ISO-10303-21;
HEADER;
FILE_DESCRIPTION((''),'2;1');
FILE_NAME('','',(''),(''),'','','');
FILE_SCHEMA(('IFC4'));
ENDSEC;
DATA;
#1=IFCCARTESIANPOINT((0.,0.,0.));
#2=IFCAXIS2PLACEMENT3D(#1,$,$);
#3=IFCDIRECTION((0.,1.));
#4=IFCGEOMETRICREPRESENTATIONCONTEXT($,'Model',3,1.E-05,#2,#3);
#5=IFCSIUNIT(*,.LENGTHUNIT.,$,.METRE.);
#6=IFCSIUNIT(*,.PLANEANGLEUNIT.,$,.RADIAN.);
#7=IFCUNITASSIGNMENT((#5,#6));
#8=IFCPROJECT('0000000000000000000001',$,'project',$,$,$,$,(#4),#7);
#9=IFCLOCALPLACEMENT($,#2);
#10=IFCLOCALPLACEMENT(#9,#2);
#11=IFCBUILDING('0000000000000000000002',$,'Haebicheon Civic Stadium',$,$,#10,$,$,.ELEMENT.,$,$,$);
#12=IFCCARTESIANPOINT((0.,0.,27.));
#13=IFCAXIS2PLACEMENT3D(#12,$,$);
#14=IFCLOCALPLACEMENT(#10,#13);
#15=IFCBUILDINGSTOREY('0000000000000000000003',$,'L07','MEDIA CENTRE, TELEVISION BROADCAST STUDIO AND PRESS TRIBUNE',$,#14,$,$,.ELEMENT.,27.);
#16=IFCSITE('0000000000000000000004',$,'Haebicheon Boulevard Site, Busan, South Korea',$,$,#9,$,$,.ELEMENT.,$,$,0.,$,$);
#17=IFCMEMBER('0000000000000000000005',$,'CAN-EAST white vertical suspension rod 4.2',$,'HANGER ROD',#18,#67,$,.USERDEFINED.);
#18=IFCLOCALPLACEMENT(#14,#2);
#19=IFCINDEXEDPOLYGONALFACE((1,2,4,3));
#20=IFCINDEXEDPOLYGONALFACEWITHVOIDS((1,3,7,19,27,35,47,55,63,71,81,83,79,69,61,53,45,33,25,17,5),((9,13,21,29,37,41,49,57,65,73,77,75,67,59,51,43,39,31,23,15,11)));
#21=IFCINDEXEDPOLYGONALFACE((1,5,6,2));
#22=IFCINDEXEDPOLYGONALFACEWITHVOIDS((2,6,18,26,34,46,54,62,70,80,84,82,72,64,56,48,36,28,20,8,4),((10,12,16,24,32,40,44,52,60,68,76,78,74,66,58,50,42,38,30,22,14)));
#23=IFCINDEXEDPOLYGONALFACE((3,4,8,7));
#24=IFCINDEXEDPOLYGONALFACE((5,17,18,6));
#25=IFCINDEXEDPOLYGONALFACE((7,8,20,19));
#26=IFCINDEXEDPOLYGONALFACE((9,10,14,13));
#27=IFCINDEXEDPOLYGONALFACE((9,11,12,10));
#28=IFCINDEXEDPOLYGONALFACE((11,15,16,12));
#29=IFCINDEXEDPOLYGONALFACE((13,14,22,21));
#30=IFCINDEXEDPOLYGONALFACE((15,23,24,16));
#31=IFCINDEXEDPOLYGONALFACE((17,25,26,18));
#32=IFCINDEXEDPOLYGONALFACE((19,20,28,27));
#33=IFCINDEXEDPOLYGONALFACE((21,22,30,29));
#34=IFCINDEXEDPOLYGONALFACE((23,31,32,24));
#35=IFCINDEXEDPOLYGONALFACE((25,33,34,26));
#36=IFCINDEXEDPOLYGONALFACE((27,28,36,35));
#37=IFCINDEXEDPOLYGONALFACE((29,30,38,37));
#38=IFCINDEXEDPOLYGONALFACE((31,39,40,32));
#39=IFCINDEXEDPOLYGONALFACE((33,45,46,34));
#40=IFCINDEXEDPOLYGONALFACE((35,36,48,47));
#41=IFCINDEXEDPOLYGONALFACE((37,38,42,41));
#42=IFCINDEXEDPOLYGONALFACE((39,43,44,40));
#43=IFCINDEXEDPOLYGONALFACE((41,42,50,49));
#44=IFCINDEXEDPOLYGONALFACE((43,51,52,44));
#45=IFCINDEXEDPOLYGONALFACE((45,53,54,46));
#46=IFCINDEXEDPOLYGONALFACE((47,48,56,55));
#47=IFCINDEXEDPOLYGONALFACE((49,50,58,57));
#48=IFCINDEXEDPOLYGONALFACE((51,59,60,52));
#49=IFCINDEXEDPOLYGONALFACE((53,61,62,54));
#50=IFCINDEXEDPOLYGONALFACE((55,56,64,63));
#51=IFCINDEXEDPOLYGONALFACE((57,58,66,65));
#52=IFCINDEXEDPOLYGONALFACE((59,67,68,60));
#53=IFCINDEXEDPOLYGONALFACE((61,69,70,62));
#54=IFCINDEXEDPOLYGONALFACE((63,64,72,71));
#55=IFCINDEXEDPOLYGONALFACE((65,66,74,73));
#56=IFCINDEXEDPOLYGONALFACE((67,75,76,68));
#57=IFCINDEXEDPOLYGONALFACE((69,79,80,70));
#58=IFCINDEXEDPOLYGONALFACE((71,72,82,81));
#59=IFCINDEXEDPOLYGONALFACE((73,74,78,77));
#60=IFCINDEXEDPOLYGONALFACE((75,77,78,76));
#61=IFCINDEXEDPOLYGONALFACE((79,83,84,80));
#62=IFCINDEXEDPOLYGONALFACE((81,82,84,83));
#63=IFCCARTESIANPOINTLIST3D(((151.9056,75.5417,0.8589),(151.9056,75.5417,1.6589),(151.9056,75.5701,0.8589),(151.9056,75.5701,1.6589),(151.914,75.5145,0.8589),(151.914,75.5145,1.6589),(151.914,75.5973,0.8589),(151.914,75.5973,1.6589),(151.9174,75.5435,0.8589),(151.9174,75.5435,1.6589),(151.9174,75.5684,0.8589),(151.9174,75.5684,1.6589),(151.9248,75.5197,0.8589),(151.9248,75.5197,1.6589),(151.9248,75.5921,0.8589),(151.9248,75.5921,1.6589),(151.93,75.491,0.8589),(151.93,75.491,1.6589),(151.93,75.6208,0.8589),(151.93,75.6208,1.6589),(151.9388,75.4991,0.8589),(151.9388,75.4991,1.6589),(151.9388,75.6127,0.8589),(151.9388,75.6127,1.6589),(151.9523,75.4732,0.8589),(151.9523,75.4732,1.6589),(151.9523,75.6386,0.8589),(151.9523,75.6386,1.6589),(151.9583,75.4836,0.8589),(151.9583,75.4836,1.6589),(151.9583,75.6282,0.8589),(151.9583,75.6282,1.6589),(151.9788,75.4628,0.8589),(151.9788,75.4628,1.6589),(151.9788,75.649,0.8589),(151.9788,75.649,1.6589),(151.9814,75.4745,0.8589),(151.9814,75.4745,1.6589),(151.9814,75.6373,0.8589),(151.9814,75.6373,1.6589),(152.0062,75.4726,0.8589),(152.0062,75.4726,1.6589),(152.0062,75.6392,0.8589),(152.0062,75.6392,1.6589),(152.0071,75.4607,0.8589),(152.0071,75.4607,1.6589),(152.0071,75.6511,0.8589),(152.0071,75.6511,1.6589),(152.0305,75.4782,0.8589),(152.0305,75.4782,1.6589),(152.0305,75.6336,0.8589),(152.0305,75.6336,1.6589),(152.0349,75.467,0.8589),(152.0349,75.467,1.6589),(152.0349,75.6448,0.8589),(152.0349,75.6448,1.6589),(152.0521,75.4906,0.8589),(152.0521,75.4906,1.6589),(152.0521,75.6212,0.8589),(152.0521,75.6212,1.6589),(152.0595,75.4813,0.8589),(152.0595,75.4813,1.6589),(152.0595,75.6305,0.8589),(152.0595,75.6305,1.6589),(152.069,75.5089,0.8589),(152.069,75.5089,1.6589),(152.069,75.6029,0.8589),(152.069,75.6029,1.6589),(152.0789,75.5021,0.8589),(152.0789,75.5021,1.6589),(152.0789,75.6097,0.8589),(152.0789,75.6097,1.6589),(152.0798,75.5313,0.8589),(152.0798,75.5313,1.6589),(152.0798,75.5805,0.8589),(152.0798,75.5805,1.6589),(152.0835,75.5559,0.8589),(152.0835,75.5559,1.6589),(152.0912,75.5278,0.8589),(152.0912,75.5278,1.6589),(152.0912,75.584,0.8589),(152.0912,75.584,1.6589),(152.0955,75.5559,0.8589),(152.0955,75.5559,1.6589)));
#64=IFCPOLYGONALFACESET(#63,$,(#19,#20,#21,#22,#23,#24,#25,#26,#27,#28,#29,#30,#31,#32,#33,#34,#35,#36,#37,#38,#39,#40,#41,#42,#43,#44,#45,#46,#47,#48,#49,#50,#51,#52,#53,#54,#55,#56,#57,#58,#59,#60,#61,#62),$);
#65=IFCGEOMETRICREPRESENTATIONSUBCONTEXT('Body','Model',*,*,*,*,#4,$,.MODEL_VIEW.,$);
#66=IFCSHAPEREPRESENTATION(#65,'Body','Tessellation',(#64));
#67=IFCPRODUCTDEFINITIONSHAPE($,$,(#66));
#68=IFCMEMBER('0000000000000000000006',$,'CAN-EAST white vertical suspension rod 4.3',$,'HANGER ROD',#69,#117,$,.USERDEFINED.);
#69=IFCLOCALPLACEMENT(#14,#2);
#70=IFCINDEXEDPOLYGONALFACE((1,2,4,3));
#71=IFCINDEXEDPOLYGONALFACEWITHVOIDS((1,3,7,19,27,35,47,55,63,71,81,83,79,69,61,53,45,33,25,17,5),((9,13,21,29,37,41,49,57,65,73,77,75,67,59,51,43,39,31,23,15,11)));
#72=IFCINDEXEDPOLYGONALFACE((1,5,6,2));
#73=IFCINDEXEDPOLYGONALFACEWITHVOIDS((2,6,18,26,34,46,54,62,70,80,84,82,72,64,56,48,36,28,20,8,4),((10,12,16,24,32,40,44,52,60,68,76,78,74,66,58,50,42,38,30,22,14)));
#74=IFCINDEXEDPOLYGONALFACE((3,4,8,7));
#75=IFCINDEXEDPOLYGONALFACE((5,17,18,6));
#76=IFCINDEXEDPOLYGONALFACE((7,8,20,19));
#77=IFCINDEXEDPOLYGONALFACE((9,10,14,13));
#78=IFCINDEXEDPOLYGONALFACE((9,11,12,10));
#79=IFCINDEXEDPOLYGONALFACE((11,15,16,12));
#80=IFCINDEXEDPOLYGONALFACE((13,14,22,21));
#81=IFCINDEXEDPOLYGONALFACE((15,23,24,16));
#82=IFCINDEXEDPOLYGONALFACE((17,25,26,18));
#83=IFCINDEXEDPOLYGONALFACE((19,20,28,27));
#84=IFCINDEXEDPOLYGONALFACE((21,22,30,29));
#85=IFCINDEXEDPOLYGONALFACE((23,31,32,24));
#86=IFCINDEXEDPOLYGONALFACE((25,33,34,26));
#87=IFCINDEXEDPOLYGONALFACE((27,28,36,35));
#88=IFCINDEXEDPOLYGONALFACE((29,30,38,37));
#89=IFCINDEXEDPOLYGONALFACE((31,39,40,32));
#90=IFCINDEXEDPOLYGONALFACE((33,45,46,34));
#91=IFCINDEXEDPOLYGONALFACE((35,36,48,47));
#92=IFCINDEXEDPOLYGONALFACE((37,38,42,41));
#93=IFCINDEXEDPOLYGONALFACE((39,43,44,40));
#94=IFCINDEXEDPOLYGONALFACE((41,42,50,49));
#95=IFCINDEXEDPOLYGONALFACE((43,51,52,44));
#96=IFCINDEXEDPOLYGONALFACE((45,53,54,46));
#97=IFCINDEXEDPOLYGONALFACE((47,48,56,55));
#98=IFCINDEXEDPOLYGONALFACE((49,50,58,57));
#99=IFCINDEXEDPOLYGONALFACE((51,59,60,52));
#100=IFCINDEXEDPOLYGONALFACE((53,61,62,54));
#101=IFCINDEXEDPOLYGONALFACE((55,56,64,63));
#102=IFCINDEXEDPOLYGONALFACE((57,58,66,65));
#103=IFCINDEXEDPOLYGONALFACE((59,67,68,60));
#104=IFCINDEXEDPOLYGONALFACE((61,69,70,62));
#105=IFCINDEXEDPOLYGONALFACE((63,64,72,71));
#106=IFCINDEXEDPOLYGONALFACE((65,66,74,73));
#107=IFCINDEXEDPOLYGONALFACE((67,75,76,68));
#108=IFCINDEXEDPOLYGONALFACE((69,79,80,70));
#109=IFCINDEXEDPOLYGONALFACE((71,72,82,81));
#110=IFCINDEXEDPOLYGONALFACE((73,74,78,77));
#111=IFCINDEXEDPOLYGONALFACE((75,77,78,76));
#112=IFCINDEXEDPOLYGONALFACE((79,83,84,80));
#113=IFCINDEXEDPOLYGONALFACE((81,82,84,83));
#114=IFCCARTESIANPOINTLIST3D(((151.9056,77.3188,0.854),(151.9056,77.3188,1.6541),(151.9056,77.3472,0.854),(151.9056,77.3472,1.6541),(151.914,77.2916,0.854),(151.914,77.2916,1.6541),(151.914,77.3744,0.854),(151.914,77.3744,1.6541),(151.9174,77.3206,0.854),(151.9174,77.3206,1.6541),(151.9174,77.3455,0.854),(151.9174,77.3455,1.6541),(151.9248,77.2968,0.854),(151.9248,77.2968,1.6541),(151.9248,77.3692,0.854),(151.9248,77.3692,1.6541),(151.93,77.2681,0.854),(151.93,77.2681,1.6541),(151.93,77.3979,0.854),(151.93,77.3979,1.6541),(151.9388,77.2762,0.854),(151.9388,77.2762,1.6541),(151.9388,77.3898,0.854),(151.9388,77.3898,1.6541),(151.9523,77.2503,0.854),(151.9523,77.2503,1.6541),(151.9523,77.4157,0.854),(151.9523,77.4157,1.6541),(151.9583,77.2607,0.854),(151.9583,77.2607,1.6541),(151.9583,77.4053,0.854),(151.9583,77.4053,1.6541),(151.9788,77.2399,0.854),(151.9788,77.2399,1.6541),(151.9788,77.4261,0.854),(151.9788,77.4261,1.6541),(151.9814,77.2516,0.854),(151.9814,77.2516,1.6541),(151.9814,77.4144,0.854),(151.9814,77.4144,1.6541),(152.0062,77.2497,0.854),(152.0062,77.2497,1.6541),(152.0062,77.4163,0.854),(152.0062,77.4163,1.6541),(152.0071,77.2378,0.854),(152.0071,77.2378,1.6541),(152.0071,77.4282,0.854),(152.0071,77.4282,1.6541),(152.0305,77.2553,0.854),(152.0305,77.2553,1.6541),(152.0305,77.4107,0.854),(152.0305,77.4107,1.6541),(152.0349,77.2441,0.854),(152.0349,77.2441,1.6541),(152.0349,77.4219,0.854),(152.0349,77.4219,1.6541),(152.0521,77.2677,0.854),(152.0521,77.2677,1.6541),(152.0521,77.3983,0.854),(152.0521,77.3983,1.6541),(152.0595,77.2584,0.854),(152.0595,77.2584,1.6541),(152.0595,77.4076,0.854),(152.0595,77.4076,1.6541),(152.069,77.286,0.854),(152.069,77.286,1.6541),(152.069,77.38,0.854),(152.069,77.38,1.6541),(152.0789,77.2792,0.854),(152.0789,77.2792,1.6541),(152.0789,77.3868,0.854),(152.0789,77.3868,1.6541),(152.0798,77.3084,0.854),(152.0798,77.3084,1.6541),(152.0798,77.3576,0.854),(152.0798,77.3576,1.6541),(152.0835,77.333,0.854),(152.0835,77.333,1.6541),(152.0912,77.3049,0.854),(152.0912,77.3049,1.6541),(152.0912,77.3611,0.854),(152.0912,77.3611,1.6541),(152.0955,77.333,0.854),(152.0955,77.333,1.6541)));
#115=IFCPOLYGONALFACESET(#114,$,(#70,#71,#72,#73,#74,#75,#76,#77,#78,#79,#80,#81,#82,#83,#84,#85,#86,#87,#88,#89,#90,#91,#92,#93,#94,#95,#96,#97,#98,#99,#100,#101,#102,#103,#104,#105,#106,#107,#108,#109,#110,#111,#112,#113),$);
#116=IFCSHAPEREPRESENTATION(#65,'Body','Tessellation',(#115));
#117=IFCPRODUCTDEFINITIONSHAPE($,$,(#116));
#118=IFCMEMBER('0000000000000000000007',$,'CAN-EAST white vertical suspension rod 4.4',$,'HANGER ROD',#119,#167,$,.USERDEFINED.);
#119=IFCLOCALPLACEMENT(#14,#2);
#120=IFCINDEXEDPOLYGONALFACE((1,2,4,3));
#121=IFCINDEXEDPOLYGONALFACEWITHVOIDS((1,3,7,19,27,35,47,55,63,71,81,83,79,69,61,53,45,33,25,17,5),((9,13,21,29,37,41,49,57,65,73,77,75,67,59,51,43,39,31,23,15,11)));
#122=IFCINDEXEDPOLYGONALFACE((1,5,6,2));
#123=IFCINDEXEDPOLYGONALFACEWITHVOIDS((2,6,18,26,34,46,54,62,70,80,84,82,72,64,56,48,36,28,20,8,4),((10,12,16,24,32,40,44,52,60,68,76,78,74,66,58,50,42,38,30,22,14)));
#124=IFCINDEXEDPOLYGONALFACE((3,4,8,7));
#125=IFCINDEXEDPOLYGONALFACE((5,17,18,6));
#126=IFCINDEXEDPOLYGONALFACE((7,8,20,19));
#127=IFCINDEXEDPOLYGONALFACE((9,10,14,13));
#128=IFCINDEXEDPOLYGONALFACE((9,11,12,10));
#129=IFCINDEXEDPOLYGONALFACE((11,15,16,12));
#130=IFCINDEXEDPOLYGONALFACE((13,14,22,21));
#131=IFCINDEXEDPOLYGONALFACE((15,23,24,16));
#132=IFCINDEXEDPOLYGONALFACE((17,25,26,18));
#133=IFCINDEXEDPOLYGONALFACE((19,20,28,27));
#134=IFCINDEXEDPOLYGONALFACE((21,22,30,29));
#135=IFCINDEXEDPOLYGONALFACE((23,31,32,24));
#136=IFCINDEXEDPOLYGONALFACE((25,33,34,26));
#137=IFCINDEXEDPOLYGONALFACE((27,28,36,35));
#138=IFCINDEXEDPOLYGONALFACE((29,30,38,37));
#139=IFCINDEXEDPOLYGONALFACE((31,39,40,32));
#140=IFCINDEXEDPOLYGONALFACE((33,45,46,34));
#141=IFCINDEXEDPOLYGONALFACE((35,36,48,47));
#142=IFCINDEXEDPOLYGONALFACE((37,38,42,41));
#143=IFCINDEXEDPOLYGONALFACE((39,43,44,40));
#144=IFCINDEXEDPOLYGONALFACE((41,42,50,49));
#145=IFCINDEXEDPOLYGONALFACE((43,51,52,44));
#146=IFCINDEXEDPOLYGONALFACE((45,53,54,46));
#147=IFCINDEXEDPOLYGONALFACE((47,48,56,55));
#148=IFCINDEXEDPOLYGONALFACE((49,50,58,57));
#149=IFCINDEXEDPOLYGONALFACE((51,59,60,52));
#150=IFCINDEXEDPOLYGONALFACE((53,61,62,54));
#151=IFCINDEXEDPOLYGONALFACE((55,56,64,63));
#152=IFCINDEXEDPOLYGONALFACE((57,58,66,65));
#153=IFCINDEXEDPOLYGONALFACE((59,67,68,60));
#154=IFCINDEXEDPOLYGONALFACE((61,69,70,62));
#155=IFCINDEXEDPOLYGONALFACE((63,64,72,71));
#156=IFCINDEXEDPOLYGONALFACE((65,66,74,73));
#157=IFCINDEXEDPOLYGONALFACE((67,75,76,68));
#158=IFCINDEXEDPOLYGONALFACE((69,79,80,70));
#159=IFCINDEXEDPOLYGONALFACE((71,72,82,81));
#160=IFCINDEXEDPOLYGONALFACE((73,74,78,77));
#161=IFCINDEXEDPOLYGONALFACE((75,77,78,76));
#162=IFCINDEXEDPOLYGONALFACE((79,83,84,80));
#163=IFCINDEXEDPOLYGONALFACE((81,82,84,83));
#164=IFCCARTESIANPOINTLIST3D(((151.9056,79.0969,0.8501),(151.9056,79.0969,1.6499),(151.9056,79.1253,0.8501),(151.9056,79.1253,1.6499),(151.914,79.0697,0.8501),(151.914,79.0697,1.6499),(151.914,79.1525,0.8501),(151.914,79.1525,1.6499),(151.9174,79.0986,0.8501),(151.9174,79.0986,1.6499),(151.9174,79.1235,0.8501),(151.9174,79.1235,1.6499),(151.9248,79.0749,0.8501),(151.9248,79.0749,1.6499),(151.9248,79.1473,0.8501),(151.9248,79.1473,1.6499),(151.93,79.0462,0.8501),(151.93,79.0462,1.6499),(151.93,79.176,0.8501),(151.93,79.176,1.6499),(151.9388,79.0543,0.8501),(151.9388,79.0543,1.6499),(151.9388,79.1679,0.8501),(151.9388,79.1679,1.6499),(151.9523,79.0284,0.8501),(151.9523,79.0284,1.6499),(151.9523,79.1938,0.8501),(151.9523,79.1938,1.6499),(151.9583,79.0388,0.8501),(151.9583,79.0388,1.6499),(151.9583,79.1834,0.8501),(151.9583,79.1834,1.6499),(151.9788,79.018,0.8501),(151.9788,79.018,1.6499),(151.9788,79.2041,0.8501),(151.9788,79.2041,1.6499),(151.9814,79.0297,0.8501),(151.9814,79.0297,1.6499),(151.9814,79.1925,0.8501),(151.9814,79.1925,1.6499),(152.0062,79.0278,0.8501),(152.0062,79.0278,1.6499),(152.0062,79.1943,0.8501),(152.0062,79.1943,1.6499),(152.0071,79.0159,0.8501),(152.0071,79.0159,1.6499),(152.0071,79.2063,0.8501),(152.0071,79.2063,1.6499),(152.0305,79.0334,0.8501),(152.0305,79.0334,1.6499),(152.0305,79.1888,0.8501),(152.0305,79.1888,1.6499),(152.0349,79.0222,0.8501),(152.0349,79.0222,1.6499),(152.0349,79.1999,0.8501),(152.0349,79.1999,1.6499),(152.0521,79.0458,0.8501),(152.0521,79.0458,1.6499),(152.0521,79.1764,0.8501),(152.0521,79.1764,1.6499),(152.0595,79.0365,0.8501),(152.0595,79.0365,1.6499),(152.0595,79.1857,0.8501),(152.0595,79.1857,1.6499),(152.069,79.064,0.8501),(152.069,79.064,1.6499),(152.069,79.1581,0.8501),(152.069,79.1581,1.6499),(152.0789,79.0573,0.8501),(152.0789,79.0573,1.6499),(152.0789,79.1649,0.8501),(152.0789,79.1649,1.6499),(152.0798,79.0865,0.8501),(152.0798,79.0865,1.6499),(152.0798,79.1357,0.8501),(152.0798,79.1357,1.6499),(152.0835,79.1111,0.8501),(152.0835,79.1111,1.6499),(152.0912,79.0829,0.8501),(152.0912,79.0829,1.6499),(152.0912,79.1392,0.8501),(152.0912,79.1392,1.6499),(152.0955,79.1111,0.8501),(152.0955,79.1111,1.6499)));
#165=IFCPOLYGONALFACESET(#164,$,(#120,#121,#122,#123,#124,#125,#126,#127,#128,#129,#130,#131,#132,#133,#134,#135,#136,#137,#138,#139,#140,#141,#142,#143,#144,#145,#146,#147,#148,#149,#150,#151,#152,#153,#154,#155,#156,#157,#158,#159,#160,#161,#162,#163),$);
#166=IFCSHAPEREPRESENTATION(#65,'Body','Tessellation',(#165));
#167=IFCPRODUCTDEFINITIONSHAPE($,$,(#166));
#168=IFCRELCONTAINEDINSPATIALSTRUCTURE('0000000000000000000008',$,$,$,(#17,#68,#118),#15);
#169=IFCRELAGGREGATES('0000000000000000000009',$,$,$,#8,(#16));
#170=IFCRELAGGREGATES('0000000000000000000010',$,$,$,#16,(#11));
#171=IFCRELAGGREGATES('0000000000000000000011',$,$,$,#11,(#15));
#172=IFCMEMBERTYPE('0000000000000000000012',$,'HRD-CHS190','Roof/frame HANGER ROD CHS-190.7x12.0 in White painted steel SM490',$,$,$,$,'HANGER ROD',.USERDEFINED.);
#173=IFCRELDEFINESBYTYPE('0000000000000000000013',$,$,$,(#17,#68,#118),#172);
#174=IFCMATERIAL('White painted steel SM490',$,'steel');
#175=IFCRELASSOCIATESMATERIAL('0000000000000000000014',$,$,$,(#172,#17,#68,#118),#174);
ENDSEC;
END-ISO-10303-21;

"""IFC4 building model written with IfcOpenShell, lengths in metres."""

from ifc_helpers import new_model, si_unit, direction, frame, origin, origin_2d, place, context, subcontext, project, spatial, hollow_circle, extrude, material, material_profile, profile_set, type_object, element, save


model = new_model("IFC4")

# Units and contexts
model_context = context("Model", 3, precision=1e-05, world=origin(), true_north=direction((0.0, 1.0)))
body_context = subcontext(model_context, "Body", "Model", "MODEL_VIEW")
ifc_project = project(units=[si_unit("LENGTHUNIT", "METRE"), si_unit("PLANEANGLEUNIT", "RADIAN")], contexts=[model_context])

# Site, building, storey
site_placement = place(None, origin())
site = spatial("IfcSite", under=ifc_project, at=site_placement, Name="Haebicheon Boulevard Site, Busan, South Korea", CompositionType="ELEMENT", RefElevation=0.0)
building_placement = place(site_placement, origin())
building = spatial("IfcBuilding", under=site, at=building_placement, Name="Haebicheon Civic Stadium", CompositionType="ELEMENT")
storey_placement = place(building_placement, frame((0.0, 0.0, 27.0)))
storey = spatial("IfcBuildingStorey", under=building, at=storey_placement, Name="L07", Description="MEDIA CENTRE, TELEVISION BROADCAST STUDIO AND PRESS TRIBUNE", CompositionType="ELEMENT", Elevation=27.0)

# Members
ifc_material_1 = material(Name="White painted steel SM490", Category="steel")
ifc_material_profile_1 = material_profile(ifc_material_1, hollow_circle(Radius=0.0955, WallThickness=0.012, at=origin_2d()), Name="CHS-190.7x12.0")
ifc_profile_set_1 = profile_set([ifc_material_profile_1], Name="White painted steel SM490")
member_type_1 = type_object("IfcMemberType", Name="HRD-CHS190", Description="Roof/frame HANGER ROD CHS-190.7x12.0 in White painted steel SM490", ElementType="HANGER ROD", PredefinedType="USERDEFINED", material=ifc_profile_set_1)
for number, where, z_axis, x_axis, name in (
    (1, (152.0, 75.5559, 0.8589), (0.0, 0.0, 1.0), (1.0, 0.0, 0.0), "CAN-EAST white vertical suspension rod 4.2"),
    (2, (152.0, 77.333, 0.854), (0.0, 0.0, 1.0), (1.0, 0.0, 0.0), "CAN-EAST white vertical suspension rod 4.3"),
):
    element("IfcMember", number, at=place(storey_placement, frame(where, z_axis=z_axis, x_axis=x_axis)), inside=storey, type_object=member_type_1, material=ifc_profile_set_1, Name=name, ObjectType="HANGER ROD", PredefinedType="USERDEFINED", context=body_context, shape_type="SweptSolid", body=[
        extrude(hollow_circle(Radius=0.0955, WallThickness=0.012, at=origin_2d()), origin(), (0.0, 0.0, 1.0), 0.8),
    ])
member_1_placement = place(storey_placement, frame((152.0, 79.1111, 0.8501), z_axis=(0.0, 0.0, 1.0), x_axis=(1.0, 0.0, 0.0)))
element("IfcMember", 3, at=member_1_placement, inside=storey, type_object=member_type_1, material=ifc_profile_set_1, Name="CAN-EAST white vertical suspension rod 4.4", ObjectType="HANGER ROD", PredefinedType="USERDEFINED", context=body_context, shape_type="SweptSolid", body=[
    extrude(hollow_circle(Radius=0.0955, WallThickness=0.012, at=origin_2d()), origin(), (0.0, 0.0, 1.0), 0.7998),
])

save(model, "model.ifc")
